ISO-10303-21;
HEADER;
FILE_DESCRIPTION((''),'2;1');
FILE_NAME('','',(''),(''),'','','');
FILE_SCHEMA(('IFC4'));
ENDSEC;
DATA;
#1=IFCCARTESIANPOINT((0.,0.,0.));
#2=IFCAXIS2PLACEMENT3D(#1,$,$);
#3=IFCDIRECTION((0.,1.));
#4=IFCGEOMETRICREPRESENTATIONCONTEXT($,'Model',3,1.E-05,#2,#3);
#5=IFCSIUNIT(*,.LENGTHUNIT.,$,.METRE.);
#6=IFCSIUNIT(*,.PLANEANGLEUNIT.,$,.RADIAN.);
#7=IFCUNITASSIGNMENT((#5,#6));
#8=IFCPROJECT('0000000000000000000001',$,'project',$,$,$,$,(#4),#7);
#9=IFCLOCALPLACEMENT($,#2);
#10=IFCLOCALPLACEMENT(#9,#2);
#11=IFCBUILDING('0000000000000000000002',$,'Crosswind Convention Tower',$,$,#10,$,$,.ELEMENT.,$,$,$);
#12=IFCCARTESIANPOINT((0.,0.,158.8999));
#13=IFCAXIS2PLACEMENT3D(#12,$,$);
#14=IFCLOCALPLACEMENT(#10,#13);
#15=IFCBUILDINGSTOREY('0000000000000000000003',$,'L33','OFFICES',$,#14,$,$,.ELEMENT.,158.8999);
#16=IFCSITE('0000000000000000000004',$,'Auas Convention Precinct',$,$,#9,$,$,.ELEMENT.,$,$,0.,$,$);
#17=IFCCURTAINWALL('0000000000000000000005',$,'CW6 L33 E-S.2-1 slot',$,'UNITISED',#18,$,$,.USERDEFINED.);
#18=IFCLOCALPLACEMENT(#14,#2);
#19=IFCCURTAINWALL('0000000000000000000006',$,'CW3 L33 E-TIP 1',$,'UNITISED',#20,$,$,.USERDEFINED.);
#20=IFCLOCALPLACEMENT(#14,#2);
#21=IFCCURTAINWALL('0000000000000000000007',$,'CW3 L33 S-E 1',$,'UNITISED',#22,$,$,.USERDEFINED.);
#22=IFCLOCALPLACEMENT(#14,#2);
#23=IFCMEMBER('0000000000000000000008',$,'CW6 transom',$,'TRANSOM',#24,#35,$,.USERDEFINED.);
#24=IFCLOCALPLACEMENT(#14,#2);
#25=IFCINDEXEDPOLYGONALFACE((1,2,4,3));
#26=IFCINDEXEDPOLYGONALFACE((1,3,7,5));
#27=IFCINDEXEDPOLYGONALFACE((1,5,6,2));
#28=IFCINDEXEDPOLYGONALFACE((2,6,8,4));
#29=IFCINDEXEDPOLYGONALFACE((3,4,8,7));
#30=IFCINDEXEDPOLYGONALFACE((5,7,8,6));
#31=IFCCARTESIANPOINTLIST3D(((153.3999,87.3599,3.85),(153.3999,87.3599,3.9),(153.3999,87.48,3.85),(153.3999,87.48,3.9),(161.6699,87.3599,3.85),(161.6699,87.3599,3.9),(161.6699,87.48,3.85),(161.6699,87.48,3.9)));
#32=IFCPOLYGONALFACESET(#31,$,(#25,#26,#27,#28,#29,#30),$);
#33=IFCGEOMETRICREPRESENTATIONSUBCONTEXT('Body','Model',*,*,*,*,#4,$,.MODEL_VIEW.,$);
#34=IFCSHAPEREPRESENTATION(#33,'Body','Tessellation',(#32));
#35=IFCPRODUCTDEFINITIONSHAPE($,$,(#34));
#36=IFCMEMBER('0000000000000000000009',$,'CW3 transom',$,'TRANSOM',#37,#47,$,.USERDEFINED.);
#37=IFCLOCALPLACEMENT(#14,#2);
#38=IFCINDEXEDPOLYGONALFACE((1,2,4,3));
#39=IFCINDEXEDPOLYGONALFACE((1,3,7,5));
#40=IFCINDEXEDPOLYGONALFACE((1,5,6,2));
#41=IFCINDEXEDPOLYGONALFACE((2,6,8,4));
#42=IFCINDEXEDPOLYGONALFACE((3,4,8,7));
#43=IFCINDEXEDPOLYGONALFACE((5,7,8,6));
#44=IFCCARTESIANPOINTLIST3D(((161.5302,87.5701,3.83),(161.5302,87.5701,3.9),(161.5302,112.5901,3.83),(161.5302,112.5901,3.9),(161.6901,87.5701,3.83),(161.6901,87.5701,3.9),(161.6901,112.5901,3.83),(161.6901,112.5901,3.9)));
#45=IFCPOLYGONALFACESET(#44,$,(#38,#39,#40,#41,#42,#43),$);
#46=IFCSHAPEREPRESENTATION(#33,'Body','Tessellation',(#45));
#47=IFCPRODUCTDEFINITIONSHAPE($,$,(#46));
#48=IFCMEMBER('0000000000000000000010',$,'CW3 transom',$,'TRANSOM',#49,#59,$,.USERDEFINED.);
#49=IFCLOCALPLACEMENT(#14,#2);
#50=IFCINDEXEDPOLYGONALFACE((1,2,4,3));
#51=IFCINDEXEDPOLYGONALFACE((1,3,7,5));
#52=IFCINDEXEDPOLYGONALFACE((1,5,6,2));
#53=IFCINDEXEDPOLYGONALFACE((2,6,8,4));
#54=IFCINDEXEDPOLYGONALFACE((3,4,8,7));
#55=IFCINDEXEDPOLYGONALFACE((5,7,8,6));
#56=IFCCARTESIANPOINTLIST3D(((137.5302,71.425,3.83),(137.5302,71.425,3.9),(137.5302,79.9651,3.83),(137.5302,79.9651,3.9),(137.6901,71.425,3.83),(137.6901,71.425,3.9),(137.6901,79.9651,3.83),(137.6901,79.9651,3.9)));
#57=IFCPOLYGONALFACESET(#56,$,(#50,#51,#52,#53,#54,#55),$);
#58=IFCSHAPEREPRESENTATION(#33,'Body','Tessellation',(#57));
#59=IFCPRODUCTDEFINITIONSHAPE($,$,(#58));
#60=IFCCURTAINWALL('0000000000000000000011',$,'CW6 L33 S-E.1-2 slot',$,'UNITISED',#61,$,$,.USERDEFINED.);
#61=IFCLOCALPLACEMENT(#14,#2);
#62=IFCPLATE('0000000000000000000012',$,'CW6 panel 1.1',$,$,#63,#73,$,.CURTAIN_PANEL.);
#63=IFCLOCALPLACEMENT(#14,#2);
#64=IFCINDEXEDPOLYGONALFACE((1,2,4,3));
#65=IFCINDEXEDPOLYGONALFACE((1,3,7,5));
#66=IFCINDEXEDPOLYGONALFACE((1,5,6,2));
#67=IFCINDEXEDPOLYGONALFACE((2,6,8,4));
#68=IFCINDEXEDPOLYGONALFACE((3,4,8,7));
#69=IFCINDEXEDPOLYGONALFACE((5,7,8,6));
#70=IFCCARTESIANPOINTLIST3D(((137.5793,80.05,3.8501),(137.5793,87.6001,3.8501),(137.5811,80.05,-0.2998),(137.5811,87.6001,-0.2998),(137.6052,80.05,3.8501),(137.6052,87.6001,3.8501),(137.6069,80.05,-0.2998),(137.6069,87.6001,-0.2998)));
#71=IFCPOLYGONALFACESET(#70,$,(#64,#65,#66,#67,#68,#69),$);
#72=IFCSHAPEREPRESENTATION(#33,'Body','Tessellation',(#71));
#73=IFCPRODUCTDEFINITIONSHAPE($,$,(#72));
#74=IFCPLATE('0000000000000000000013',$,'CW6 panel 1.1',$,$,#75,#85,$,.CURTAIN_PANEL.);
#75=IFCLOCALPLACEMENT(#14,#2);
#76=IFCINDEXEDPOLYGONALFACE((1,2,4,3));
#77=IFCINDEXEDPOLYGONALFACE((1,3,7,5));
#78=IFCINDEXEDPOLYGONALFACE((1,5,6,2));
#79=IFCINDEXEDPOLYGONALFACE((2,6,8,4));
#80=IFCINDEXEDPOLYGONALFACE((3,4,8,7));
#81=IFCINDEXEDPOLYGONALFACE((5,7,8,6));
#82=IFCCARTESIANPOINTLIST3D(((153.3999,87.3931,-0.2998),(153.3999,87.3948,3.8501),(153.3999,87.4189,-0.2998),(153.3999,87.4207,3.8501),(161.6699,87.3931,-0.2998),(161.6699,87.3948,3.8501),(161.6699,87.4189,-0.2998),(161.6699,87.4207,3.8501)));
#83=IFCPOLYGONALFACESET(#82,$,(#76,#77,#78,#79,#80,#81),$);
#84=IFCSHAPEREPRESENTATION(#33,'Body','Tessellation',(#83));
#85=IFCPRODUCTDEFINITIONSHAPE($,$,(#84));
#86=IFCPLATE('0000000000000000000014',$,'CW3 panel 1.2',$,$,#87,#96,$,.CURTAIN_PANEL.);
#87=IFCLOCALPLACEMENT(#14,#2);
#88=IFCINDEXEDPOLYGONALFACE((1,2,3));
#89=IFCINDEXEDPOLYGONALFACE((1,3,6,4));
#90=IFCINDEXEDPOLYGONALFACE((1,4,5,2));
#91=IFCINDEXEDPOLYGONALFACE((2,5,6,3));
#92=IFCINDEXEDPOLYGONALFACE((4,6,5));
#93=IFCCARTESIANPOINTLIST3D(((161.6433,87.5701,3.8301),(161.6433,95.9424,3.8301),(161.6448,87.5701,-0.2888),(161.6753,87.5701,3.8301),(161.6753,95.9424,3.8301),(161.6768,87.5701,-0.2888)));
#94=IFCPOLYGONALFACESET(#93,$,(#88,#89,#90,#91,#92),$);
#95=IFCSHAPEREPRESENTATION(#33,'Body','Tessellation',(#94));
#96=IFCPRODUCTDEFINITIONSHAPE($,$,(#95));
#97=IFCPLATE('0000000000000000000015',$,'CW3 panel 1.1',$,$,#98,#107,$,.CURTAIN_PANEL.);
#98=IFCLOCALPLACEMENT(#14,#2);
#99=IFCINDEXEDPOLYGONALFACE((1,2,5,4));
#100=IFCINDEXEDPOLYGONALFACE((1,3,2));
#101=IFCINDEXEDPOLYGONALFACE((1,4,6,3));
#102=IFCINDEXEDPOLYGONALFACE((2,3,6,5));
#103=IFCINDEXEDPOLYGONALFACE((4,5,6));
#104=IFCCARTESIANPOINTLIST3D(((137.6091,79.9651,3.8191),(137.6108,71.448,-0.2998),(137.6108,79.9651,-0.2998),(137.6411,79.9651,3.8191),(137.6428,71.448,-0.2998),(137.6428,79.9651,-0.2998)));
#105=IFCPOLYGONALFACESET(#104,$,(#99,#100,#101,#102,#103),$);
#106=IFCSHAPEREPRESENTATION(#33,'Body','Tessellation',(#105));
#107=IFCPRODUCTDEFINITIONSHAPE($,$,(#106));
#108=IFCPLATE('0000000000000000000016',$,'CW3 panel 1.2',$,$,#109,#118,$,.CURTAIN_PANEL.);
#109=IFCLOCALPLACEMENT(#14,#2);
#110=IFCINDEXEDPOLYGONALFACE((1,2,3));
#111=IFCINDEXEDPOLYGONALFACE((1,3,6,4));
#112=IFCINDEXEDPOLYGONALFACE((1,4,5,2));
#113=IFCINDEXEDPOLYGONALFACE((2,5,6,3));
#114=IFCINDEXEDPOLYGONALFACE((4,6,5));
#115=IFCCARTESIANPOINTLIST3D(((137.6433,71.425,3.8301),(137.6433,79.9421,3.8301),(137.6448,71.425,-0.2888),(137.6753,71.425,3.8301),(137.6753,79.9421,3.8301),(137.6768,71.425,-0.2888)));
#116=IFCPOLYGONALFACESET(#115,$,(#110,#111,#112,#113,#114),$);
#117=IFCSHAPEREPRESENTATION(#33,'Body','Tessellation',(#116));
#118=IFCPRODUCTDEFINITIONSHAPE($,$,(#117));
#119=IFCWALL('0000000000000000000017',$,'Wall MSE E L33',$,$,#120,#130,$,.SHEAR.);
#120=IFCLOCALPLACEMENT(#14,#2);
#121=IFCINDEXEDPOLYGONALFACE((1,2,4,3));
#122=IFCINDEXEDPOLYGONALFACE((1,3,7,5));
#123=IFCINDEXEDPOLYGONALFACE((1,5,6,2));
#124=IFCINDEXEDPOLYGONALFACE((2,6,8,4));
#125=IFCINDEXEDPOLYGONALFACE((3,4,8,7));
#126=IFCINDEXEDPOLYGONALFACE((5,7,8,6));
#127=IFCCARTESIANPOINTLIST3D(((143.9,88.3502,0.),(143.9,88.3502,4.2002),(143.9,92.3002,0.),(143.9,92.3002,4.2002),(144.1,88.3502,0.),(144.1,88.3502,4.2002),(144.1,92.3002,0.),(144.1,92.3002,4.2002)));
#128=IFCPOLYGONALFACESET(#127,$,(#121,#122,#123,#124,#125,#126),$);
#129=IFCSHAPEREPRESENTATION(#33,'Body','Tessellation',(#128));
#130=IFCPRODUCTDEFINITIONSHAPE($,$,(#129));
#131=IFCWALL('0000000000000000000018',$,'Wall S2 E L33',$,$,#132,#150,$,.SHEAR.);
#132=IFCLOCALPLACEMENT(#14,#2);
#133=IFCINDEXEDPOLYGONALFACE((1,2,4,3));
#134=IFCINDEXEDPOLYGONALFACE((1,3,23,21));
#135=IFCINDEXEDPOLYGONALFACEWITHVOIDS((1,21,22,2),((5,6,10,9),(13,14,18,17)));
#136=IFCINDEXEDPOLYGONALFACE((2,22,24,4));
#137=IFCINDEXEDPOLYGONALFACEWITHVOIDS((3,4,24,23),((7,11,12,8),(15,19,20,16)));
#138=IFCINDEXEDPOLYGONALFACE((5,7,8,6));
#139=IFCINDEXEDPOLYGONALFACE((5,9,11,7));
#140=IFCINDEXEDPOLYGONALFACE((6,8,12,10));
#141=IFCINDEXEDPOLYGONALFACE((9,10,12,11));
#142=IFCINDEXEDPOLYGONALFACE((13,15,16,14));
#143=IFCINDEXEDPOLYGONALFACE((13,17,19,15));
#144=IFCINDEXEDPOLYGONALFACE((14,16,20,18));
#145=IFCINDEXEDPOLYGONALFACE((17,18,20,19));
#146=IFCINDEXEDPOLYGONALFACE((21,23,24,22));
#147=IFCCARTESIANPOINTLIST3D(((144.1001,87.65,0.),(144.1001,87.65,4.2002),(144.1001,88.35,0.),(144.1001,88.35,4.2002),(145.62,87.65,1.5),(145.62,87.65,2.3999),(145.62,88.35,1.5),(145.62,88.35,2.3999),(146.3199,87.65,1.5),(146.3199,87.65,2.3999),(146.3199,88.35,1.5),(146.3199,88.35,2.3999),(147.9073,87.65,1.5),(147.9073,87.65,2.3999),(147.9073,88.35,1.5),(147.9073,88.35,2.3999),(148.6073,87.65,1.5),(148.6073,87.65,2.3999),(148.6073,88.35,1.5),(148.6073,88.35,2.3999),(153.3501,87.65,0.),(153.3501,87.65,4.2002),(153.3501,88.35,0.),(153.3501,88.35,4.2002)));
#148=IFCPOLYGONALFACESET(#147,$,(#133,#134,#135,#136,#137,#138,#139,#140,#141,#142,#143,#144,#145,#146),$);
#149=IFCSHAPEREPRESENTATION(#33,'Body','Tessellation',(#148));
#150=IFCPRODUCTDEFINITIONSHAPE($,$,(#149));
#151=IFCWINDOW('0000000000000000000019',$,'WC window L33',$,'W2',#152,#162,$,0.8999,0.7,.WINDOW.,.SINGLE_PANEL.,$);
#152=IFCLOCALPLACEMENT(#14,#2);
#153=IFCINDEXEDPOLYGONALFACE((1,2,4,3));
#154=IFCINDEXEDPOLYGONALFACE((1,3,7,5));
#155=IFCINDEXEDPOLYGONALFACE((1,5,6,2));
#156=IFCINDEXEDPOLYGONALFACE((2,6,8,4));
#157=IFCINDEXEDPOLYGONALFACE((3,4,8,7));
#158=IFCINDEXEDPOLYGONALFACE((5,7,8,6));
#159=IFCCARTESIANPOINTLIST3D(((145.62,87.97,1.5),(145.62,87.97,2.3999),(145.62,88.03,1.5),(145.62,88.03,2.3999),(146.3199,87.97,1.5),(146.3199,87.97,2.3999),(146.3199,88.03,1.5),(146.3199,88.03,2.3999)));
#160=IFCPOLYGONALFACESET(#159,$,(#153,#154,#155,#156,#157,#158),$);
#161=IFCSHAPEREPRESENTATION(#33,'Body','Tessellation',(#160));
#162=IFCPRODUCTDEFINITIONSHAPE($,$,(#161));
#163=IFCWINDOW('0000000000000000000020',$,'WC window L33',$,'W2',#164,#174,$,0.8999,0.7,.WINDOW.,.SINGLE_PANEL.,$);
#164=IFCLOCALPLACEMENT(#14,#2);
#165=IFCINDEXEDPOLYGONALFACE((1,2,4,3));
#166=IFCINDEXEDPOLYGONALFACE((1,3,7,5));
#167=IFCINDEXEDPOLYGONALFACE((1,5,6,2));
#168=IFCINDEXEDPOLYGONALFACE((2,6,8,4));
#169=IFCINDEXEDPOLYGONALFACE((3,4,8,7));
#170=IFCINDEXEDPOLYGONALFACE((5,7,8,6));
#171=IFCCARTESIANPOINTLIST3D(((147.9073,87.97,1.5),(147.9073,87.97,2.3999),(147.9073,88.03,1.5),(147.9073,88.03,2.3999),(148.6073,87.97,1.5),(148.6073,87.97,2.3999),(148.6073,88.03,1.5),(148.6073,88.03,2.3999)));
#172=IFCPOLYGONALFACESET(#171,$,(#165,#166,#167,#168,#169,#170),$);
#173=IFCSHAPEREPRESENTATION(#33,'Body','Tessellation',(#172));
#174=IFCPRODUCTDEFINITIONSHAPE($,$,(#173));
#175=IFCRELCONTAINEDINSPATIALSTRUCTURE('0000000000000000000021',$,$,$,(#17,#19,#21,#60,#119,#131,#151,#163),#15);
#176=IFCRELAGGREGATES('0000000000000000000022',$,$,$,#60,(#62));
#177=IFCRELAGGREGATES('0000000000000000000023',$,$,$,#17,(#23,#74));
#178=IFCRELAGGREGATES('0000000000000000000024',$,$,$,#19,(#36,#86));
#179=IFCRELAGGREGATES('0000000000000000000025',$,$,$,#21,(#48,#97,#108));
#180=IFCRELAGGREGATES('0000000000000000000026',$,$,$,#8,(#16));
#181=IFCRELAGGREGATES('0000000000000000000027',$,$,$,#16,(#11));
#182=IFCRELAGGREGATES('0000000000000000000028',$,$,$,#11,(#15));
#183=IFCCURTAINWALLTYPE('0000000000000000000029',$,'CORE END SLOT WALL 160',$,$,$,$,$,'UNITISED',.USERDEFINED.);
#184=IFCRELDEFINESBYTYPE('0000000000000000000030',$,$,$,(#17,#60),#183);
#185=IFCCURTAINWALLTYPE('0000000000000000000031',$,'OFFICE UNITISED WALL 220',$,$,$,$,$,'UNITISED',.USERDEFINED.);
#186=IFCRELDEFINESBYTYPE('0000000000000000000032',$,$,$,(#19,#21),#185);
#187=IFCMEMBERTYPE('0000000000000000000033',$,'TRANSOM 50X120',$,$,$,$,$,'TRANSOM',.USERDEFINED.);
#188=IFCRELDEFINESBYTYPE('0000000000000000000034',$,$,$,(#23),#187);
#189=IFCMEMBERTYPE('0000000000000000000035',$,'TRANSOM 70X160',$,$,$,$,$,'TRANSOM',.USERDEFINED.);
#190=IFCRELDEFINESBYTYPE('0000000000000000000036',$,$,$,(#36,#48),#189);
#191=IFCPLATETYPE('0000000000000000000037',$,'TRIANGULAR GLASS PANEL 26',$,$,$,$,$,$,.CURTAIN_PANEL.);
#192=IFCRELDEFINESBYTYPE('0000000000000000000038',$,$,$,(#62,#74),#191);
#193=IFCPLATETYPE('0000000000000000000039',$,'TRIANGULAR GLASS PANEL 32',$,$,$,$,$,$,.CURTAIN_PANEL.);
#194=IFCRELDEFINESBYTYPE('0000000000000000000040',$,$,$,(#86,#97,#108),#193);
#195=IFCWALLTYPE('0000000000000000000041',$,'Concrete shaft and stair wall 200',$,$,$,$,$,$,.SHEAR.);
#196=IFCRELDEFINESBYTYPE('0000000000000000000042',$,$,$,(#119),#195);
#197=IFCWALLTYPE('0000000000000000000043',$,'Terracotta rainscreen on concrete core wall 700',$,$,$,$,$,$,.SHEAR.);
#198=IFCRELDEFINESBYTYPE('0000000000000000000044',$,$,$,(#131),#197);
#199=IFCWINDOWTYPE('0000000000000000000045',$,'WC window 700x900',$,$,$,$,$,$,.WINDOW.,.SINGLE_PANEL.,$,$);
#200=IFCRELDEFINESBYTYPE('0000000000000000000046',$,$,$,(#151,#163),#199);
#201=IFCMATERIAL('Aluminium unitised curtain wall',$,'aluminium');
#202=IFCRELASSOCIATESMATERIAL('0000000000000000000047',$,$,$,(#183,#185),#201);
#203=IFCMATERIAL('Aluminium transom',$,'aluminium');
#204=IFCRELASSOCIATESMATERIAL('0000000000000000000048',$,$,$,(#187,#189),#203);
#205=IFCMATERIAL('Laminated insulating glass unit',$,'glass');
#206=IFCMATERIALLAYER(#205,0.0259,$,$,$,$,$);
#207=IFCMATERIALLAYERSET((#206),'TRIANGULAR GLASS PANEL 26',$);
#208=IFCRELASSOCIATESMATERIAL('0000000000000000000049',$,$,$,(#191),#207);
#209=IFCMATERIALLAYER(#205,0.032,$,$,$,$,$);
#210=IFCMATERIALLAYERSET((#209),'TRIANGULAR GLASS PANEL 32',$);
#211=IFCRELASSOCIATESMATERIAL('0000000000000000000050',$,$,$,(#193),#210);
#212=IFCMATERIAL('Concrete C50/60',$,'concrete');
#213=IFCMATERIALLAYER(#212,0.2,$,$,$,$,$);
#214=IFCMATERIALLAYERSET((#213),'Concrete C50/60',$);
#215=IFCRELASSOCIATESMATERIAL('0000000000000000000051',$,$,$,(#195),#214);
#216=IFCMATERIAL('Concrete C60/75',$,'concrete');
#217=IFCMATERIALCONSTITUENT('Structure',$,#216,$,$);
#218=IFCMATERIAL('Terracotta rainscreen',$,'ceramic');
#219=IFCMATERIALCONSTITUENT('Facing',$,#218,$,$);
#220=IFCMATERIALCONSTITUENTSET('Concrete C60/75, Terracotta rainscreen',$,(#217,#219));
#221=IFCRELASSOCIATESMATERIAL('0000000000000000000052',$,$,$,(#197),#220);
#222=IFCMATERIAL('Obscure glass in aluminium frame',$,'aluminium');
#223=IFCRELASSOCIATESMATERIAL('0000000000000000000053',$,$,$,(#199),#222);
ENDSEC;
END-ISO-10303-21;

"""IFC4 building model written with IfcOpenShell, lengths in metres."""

from ifc_helpers import new_model, si_unit, direction, frame, frame_2d, origin, origin_2d, place, context, subcontext, project, spatial, polyline, rectangle, outline, extrude, material, layer, layer_set, constituent, constituent_set, material_profile, profile_set, type_object, element, fill, aggregate, save


model = new_model("IFC4")

# Units and contexts
model_context = context("Model", 3, precision=1e-05, world=origin(), true_north=direction((0.0, 1.0)))
body_context = subcontext(model_context, "Body", "Model", "MODEL_VIEW")
ifc_project = project(units=[si_unit("LENGTHUNIT", "METRE"), si_unit("PLANEANGLEUNIT", "RADIAN")], contexts=[model_context])

# Site, building, storey
site_placement = place(None, origin())
site = spatial("IfcSite", under=ifc_project, at=site_placement, Name="Auas Convention Precinct", CompositionType="ELEMENT", RefElevation=0.0)
building_placement = place(site_placement, origin())
building = spatial("IfcBuilding", under=site, at=building_placement, Name="Crosswind Convention Tower", CompositionType="ELEMENT")
storey_placement = place(building_placement, frame((0.0, 0.0, 158.8999)))
storey = spatial("IfcBuildingStorey", under=building, at=storey_placement, Name="L33", Description="OFFICES", CompositionType="ELEMENT", Elevation=158.8999)

# Shared definitions
ifc_material_1 = material(Name="Concrete C60/75", Category="concrete")

# Curtain wall
ifc_material_2 = material(Name="Aluminium unitised curtain wall", Category="aluminium")
curtain_wall_type_1 = type_object("IfcCurtainWallType", Name="CORE END SLOT WALL 160", ElementType="UNITISED", PredefinedType="USERDEFINED", material=ifc_material_2)
curtain_wall_1_placement = place(storey_placement, origin())
curtain_wall_1 = element("IfcCurtainWall", 1, at=curtain_wall_1_placement, inside=storey, type_object=curtain_wall_type_1, Name="CW6 L33 E-S.2-1 slot", ObjectType="UNITISED", PredefinedType="USERDEFINED")

# Curtain walls
curtain_wall_type_2 = type_object("IfcCurtainWallType", Name="OFFICE UNITISED WALL 220", ElementType="UNITISED", PredefinedType="USERDEFINED", material=ifc_material_2)
curtain_wall_2_placement = place(storey_placement, origin())
curtain_wall_2 = element("IfcCurtainWall", 2, at=curtain_wall_2_placement, inside=storey, type_object=curtain_wall_type_2, Name="CW3 L33 E-TIP 1", ObjectType="UNITISED", PredefinedType="USERDEFINED")
curtain_wall_3_placement = place(storey_placement, origin())
curtain_wall_3 = element("IfcCurtainWall", 3, at=curtain_wall_3_placement, inside=storey, type_object=curtain_wall_type_2, Name="CW3 L33 S-E 1", ObjectType="UNITISED", PredefinedType="USERDEFINED")

# Members
ifc_material_3 = material(Name="Aluminium transom", Category="aluminium")
ifc_material_profile_1 = material_profile(ifc_material_3, rectangle(XDim=0.1201, YDim=0.05, at=origin_2d()), Name="AL 120X50")
ifc_profile_set_1 = profile_set([ifc_material_profile_1], Name="Aluminium transom")
member_type_1 = type_object("IfcMemberType", Name="TRANSOM 50X120", ElementType="TRANSOM", PredefinedType="USERDEFINED", material=ifc_profile_set_1)
member_1_placement = place(storey_placement, frame((153.3999, 87.4199, 3.875), z_axis=(1.0, 0.0, 0.0), x_axis=(0.0, 1.0, 0.0)))
member_1 = element("IfcMember", 4, at=member_1_placement, type_object=member_type_1, Name="CW6 transom", ObjectType="TRANSOM", PredefinedType="USERDEFINED", context=body_context, shape_type="SweptSolid", body=[
    extrude(rectangle(XDim=0.1201, YDim=0.05, at=origin_2d()), origin(), (0.0, 0.0, 1.0), 8.27),
])
ifc_material_profile_2 = material_profile(ifc_material_3, rectangle(XDim=0.1599, YDim=0.0701, at=origin_2d()), Name="AL 160X70")
ifc_profile_set_2 = profile_set([ifc_material_profile_2], Name="Aluminium transom")
member_type_2 = type_object("IfcMemberType", Name="TRANSOM 70X160", ElementType="TRANSOM", PredefinedType="USERDEFINED", material=ifc_profile_set_2)
member_2_placement = place(storey_placement, frame((161.6101, 87.5701, 3.865), z_axis=(0.0, 1.0, 0.0), x_axis=(-1.0, 0.0, 0.0)))
member_2 = element("IfcMember", 5, at=member_2_placement, type_object=member_type_2, Name="CW3 transom", ObjectType="TRANSOM", PredefinedType="USERDEFINED", context=body_context, shape_type="SweptSolid", body=[
    extrude(rectangle(XDim=0.1599, YDim=0.0701, at=origin_2d()), origin(), (0.0, 0.0, 1.0), 25.02),
])
member_3_placement = place(storey_placement, frame((137.6101, 71.425, 3.865), z_axis=(0.0, 1.0, 0.0), x_axis=(-1.0, 0.0, 0.0)))
member_3 = element("IfcMember", 6, at=member_3_placement, type_object=member_type_2, Name="CW3 transom", ObjectType="TRANSOM", PredefinedType="USERDEFINED", context=body_context, shape_type="SweptSolid", body=[
    extrude(rectangle(XDim=0.1599, YDim=0.0701, at=origin_2d()), origin(), (0.0, 0.0, 1.0), 8.54),
])

# Curtain wall, plate
curtain_wall_4_placement = place(storey_placement, origin())
curtain_wall_4 = element("IfcCurtainWall", 7, at=curtain_wall_4_placement, inside=storey, type_object=curtain_wall_type_1, Name="CW6 L33 S-E.1-2 slot", ObjectType="UNITISED", PredefinedType="USERDEFINED")
ifc_material_4 = material(Name="Laminated insulating glass unit", Category="glass")
ifc_layer_1 = layer(ifc_material_4, 0.0259)
ifc_layer_set_1 = layer_set([ifc_layer_1], Name="TRIANGULAR GLASS PANEL 26")
plate_type_1 = type_object("IfcPlateType", Name="TRIANGULAR GLASS PANEL 26", PredefinedType="CURTAIN_PANEL", material=ifc_layer_set_1)
plate_1_placement = place(storey_placement, frame((137.6069, 80.05, -0.2998), z_axis=(1.0, 0.0, 0.000412), x_axis=(0.0, 1.0, 0.0)))
plate_1 = element("IfcPlate", 8, at=plate_1_placement, type_object=plate_type_1, Name="CW6 panel 1.1", PredefinedType="CURTAIN_PANEL", context=body_context, shape_type="SweptSolid", body=[
    extrude(outline(polyline([(0.0, 0.0), (7.55, 0.0), (7.55, 4.1499), (0.0, 4.1499), (0.0, 0.0)])), origin(), (0.0, 0.0, -1.0), 0.0259),
])
aggregate(curtain_wall_4, [plate_1])

# Plates
plate_2_placement = place(storey_placement, frame((153.3999, 87.3931, -0.2998), z_axis=(0.0, -1.0, 0.000412), x_axis=(1.0, 0.0, 0.0)))
plate_2 = element("IfcPlate", 9, at=plate_2_placement, type_object=plate_type_1, Name="CW6 panel 1.1", PredefinedType="CURTAIN_PANEL", context=body_context, shape_type="SweptSolid", body=[
    extrude(outline(polyline([(0.0, 0.0), (8.27, 0.0), (8.27, 4.1499), (0.0, 4.1499), (0.0, 0.0)])), origin(), (0.0, 0.0, -1.0), 0.0259),
])
aggregate(curtain_wall_1, [member_1, plate_2])
ifc_layer_2 = layer(ifc_material_4, 0.032)
ifc_layer_set_2 = layer_set([ifc_layer_2], Name="TRIANGULAR GLASS PANEL 32")
plate_type_2 = type_object("IfcPlateType", Name="TRIANGULAR GLASS PANEL 32", PredefinedType="CURTAIN_PANEL", material=ifc_layer_set_2)
plate_3_placement = place(storey_placement, frame((161.6753, 87.5701, 3.8301), z_axis=(1.0, 0.0, 0.000356), x_axis=(0.000356, 0.0, -1.0)))
plate_3 = element("IfcPlate", 10, at=plate_3_placement, type_object=plate_type_2, Name="CW3 panel 1.2", PredefinedType="CURTAIN_PANEL", context=body_context, shape_type="SweptSolid", body=[
    extrude(outline(polyline([(0.0, 0.0), (4.1189, 0.0), (0.0, 8.3723), (0.0, 0.0)])), origin(), (0.0, 0.0, -1.0), 0.032),
])
plate_4_placement = place(storey_placement, frame((137.6428, 79.9651, -0.2998), z_axis=(1.0, 0.0, 0.000415), x_axis=(-0.000415, 0.0, 1.0)))
plate_4 = element("IfcPlate", 11, at=plate_4_placement, type_object=plate_type_2, Name="CW3 panel 1.1", PredefinedType="CURTAIN_PANEL", context=body_context, shape_type="SweptSolid", body=[
    extrude(outline(polyline([(0.0, 0.0), (4.1189, 0.0), (0.0, 8.5171), (0.0, 0.0)])), origin(), (0.0, 0.0, -1.0), 0.032),
])
plate_5_placement = place(storey_placement, frame((137.6753, 71.425, 3.8301), z_axis=(1.0, 0.0, 0.000356), x_axis=(0.000356, 0.0, -1.0)))
plate_5 = element("IfcPlate", 12, at=plate_5_placement, type_object=plate_type_2, Name="CW3 panel 1.2", PredefinedType="CURTAIN_PANEL", context=body_context, shape_type="SweptSolid", body=[
    extrude(outline(polyline([(0.0, 0.0), (4.1189, 0.0), (0.0, 8.5171), (0.0, 0.0)])), origin(), (0.0, 0.0, -1.0), 0.032),
])

# Wall
ifc_material_5 = material(Name="Concrete C50/60", Category="concrete")
ifc_layer_3 = layer(ifc_material_5, 0.2)
ifc_layer_set_3 = layer_set([ifc_layer_3], Name="Concrete C50/60")
wall_type_1 = type_object("IfcWallType", Name="Concrete shaft and stair wall 200", PredefinedType="SHEAR", material=ifc_layer_set_3)
wall_1_placement = place(storey_placement, frame((144.0, 88.3501, 0.0), z_axis=(0.0, 0.0, 1.0), x_axis=(0.0, 1.0, 0.0)))
element("IfcWall", 13, at=wall_1_placement, inside=storey, type_object=wall_type_1, Name="Wall MSE E L33", PredefinedType="SHEAR", context=body_context, shape_type="SweptSolid", body=[
    extrude(rectangle(XDim=3.95, YDim=0.2, at=frame_2d((1.9751, 0.0))), origin(), (0.0, 0.0, 1.0), 4.2002),
])

# Wall, openings, windows
ifc_constituent_1 = constituent(ifc_material_1, Name="Structure")
ifc_material_6 = material(Name="Terracotta rainscreen", Category="ceramic")
ifc_constituent_2 = constituent(ifc_material_6, Name="Facing")
ifc_constituent_set = constituent_set(constituents=[ifc_constituent_1, ifc_constituent_2], Name="Concrete C60/75, Terracotta rainscreen")
wall_type_2 = type_object("IfcWallType", Name="Terracotta rainscreen on concrete core wall 700", PredefinedType="SHEAR", material=ifc_constituent_set)
wall_2_placement = place(storey_placement, frame((144.1001, 88.0, 0.0), z_axis=(0.0, 0.0, 1.0), x_axis=(1.0, 0.0, 0.0)))
wall_2 = element("IfcWall", 14, at=wall_2_placement, inside=storey, type_object=wall_type_2, Name="Wall S2 E L33", PredefinedType="SHEAR", context=body_context, shape_type="SweptSolid", body=[
    extrude(rectangle(XDim=9.25, YDim=0.7, at=frame_2d((4.625, 0.0))), origin(), (0.0, 0.0, 1.0), 4.2002),
])
opening_1_placement = place(wall_2_placement, frame((1.5198, 0.0, 1.5)))
opening_1 = element("IfcOpeningElement", 15, at=opening_1_placement, cuts=wall_2, PredefinedType="OPENING", context=body_context, shape_type="SweptSolid", body=[
    extrude(rectangle(XDim=0.7, YDim=0.8999, at=frame_2d((0.3501, 0.45))), frame((0.0, 0.3599, 0.0), z_axis=(0.0, -1.0, 0.0), x_axis=(1.0, 0.0, 0.0)), (0.0, 0.0, 1.0), 0.72),
])
opening_2_placement = place(wall_2_placement, frame((3.8071, 0.0, 1.5)))
opening_2 = element("IfcOpeningElement", 16, at=opening_2_placement, cuts=wall_2, PredefinedType="OPENING", context=body_context, shape_type="SweptSolid", body=[
    extrude(rectangle(XDim=0.7, YDim=0.8999, at=frame_2d((0.3501, 0.45))), frame((0.0, 0.3599, 0.0), z_axis=(0.0, -1.0, 0.0), x_axis=(1.0, 0.0, 0.0)), (0.0, 0.0, 1.0), 0.72),
])
ifc_material_7 = material(Name="Obscure glass in aluminium frame", Category="aluminium")
window_type = type_object("IfcWindowType", Name="WC window 700x900", PartitioningType="SINGLE_PANEL", PredefinedType="WINDOW", material=ifc_material_7)
window_1_placement = place(opening_1_placement, origin())
window_1 = element("IfcWindow", 17, at=window_1_placement, inside=storey, type_object=window_type, Name="WC window L33", ObjectType="W2", OverallHeight=0.8999, OverallWidth=0.7, PartitioningType="SINGLE_PANEL", PredefinedType="WINDOW", context=body_context, shape_type="SweptSolid", body=[
    extrude(rectangle(XDim=0.7, YDim=0.8999, at=frame_2d((0.3501, 0.45))), frame((0.0, 0.03, 0.0), z_axis=(0.0, -1.0, 0.0), x_axis=(1.0, 0.0, 0.0)), (0.0, 0.0, 1.0), 0.0601),
])
fill(opening_1, window_1)
window_2_placement = place(opening_2_placement, origin())
window_2 = element("IfcWindow", 18, at=window_2_placement, inside=storey, type_object=window_type, Name="WC window L33", ObjectType="W2", OverallHeight=0.8999, OverallWidth=0.7, PartitioningType="SINGLE_PANEL", PredefinedType="WINDOW", context=body_context, shape_type="SweptSolid", body=[
    extrude(rectangle(XDim=0.7, YDim=0.8999, at=frame_2d((0.3501, 0.45))), frame((0.0, 0.03, 0.0), z_axis=(0.0, -1.0, 0.0), x_axis=(1.0, 0.0, 0.0)), (0.0, 0.0, 1.0), 0.0601),
])
fill(opening_2, window_2)

aggregate(curtain_wall_2, [member_2, plate_3])
aggregate(curtain_wall_3, [member_3, plate_4, plate_5])

save(model, "model.ifc")
